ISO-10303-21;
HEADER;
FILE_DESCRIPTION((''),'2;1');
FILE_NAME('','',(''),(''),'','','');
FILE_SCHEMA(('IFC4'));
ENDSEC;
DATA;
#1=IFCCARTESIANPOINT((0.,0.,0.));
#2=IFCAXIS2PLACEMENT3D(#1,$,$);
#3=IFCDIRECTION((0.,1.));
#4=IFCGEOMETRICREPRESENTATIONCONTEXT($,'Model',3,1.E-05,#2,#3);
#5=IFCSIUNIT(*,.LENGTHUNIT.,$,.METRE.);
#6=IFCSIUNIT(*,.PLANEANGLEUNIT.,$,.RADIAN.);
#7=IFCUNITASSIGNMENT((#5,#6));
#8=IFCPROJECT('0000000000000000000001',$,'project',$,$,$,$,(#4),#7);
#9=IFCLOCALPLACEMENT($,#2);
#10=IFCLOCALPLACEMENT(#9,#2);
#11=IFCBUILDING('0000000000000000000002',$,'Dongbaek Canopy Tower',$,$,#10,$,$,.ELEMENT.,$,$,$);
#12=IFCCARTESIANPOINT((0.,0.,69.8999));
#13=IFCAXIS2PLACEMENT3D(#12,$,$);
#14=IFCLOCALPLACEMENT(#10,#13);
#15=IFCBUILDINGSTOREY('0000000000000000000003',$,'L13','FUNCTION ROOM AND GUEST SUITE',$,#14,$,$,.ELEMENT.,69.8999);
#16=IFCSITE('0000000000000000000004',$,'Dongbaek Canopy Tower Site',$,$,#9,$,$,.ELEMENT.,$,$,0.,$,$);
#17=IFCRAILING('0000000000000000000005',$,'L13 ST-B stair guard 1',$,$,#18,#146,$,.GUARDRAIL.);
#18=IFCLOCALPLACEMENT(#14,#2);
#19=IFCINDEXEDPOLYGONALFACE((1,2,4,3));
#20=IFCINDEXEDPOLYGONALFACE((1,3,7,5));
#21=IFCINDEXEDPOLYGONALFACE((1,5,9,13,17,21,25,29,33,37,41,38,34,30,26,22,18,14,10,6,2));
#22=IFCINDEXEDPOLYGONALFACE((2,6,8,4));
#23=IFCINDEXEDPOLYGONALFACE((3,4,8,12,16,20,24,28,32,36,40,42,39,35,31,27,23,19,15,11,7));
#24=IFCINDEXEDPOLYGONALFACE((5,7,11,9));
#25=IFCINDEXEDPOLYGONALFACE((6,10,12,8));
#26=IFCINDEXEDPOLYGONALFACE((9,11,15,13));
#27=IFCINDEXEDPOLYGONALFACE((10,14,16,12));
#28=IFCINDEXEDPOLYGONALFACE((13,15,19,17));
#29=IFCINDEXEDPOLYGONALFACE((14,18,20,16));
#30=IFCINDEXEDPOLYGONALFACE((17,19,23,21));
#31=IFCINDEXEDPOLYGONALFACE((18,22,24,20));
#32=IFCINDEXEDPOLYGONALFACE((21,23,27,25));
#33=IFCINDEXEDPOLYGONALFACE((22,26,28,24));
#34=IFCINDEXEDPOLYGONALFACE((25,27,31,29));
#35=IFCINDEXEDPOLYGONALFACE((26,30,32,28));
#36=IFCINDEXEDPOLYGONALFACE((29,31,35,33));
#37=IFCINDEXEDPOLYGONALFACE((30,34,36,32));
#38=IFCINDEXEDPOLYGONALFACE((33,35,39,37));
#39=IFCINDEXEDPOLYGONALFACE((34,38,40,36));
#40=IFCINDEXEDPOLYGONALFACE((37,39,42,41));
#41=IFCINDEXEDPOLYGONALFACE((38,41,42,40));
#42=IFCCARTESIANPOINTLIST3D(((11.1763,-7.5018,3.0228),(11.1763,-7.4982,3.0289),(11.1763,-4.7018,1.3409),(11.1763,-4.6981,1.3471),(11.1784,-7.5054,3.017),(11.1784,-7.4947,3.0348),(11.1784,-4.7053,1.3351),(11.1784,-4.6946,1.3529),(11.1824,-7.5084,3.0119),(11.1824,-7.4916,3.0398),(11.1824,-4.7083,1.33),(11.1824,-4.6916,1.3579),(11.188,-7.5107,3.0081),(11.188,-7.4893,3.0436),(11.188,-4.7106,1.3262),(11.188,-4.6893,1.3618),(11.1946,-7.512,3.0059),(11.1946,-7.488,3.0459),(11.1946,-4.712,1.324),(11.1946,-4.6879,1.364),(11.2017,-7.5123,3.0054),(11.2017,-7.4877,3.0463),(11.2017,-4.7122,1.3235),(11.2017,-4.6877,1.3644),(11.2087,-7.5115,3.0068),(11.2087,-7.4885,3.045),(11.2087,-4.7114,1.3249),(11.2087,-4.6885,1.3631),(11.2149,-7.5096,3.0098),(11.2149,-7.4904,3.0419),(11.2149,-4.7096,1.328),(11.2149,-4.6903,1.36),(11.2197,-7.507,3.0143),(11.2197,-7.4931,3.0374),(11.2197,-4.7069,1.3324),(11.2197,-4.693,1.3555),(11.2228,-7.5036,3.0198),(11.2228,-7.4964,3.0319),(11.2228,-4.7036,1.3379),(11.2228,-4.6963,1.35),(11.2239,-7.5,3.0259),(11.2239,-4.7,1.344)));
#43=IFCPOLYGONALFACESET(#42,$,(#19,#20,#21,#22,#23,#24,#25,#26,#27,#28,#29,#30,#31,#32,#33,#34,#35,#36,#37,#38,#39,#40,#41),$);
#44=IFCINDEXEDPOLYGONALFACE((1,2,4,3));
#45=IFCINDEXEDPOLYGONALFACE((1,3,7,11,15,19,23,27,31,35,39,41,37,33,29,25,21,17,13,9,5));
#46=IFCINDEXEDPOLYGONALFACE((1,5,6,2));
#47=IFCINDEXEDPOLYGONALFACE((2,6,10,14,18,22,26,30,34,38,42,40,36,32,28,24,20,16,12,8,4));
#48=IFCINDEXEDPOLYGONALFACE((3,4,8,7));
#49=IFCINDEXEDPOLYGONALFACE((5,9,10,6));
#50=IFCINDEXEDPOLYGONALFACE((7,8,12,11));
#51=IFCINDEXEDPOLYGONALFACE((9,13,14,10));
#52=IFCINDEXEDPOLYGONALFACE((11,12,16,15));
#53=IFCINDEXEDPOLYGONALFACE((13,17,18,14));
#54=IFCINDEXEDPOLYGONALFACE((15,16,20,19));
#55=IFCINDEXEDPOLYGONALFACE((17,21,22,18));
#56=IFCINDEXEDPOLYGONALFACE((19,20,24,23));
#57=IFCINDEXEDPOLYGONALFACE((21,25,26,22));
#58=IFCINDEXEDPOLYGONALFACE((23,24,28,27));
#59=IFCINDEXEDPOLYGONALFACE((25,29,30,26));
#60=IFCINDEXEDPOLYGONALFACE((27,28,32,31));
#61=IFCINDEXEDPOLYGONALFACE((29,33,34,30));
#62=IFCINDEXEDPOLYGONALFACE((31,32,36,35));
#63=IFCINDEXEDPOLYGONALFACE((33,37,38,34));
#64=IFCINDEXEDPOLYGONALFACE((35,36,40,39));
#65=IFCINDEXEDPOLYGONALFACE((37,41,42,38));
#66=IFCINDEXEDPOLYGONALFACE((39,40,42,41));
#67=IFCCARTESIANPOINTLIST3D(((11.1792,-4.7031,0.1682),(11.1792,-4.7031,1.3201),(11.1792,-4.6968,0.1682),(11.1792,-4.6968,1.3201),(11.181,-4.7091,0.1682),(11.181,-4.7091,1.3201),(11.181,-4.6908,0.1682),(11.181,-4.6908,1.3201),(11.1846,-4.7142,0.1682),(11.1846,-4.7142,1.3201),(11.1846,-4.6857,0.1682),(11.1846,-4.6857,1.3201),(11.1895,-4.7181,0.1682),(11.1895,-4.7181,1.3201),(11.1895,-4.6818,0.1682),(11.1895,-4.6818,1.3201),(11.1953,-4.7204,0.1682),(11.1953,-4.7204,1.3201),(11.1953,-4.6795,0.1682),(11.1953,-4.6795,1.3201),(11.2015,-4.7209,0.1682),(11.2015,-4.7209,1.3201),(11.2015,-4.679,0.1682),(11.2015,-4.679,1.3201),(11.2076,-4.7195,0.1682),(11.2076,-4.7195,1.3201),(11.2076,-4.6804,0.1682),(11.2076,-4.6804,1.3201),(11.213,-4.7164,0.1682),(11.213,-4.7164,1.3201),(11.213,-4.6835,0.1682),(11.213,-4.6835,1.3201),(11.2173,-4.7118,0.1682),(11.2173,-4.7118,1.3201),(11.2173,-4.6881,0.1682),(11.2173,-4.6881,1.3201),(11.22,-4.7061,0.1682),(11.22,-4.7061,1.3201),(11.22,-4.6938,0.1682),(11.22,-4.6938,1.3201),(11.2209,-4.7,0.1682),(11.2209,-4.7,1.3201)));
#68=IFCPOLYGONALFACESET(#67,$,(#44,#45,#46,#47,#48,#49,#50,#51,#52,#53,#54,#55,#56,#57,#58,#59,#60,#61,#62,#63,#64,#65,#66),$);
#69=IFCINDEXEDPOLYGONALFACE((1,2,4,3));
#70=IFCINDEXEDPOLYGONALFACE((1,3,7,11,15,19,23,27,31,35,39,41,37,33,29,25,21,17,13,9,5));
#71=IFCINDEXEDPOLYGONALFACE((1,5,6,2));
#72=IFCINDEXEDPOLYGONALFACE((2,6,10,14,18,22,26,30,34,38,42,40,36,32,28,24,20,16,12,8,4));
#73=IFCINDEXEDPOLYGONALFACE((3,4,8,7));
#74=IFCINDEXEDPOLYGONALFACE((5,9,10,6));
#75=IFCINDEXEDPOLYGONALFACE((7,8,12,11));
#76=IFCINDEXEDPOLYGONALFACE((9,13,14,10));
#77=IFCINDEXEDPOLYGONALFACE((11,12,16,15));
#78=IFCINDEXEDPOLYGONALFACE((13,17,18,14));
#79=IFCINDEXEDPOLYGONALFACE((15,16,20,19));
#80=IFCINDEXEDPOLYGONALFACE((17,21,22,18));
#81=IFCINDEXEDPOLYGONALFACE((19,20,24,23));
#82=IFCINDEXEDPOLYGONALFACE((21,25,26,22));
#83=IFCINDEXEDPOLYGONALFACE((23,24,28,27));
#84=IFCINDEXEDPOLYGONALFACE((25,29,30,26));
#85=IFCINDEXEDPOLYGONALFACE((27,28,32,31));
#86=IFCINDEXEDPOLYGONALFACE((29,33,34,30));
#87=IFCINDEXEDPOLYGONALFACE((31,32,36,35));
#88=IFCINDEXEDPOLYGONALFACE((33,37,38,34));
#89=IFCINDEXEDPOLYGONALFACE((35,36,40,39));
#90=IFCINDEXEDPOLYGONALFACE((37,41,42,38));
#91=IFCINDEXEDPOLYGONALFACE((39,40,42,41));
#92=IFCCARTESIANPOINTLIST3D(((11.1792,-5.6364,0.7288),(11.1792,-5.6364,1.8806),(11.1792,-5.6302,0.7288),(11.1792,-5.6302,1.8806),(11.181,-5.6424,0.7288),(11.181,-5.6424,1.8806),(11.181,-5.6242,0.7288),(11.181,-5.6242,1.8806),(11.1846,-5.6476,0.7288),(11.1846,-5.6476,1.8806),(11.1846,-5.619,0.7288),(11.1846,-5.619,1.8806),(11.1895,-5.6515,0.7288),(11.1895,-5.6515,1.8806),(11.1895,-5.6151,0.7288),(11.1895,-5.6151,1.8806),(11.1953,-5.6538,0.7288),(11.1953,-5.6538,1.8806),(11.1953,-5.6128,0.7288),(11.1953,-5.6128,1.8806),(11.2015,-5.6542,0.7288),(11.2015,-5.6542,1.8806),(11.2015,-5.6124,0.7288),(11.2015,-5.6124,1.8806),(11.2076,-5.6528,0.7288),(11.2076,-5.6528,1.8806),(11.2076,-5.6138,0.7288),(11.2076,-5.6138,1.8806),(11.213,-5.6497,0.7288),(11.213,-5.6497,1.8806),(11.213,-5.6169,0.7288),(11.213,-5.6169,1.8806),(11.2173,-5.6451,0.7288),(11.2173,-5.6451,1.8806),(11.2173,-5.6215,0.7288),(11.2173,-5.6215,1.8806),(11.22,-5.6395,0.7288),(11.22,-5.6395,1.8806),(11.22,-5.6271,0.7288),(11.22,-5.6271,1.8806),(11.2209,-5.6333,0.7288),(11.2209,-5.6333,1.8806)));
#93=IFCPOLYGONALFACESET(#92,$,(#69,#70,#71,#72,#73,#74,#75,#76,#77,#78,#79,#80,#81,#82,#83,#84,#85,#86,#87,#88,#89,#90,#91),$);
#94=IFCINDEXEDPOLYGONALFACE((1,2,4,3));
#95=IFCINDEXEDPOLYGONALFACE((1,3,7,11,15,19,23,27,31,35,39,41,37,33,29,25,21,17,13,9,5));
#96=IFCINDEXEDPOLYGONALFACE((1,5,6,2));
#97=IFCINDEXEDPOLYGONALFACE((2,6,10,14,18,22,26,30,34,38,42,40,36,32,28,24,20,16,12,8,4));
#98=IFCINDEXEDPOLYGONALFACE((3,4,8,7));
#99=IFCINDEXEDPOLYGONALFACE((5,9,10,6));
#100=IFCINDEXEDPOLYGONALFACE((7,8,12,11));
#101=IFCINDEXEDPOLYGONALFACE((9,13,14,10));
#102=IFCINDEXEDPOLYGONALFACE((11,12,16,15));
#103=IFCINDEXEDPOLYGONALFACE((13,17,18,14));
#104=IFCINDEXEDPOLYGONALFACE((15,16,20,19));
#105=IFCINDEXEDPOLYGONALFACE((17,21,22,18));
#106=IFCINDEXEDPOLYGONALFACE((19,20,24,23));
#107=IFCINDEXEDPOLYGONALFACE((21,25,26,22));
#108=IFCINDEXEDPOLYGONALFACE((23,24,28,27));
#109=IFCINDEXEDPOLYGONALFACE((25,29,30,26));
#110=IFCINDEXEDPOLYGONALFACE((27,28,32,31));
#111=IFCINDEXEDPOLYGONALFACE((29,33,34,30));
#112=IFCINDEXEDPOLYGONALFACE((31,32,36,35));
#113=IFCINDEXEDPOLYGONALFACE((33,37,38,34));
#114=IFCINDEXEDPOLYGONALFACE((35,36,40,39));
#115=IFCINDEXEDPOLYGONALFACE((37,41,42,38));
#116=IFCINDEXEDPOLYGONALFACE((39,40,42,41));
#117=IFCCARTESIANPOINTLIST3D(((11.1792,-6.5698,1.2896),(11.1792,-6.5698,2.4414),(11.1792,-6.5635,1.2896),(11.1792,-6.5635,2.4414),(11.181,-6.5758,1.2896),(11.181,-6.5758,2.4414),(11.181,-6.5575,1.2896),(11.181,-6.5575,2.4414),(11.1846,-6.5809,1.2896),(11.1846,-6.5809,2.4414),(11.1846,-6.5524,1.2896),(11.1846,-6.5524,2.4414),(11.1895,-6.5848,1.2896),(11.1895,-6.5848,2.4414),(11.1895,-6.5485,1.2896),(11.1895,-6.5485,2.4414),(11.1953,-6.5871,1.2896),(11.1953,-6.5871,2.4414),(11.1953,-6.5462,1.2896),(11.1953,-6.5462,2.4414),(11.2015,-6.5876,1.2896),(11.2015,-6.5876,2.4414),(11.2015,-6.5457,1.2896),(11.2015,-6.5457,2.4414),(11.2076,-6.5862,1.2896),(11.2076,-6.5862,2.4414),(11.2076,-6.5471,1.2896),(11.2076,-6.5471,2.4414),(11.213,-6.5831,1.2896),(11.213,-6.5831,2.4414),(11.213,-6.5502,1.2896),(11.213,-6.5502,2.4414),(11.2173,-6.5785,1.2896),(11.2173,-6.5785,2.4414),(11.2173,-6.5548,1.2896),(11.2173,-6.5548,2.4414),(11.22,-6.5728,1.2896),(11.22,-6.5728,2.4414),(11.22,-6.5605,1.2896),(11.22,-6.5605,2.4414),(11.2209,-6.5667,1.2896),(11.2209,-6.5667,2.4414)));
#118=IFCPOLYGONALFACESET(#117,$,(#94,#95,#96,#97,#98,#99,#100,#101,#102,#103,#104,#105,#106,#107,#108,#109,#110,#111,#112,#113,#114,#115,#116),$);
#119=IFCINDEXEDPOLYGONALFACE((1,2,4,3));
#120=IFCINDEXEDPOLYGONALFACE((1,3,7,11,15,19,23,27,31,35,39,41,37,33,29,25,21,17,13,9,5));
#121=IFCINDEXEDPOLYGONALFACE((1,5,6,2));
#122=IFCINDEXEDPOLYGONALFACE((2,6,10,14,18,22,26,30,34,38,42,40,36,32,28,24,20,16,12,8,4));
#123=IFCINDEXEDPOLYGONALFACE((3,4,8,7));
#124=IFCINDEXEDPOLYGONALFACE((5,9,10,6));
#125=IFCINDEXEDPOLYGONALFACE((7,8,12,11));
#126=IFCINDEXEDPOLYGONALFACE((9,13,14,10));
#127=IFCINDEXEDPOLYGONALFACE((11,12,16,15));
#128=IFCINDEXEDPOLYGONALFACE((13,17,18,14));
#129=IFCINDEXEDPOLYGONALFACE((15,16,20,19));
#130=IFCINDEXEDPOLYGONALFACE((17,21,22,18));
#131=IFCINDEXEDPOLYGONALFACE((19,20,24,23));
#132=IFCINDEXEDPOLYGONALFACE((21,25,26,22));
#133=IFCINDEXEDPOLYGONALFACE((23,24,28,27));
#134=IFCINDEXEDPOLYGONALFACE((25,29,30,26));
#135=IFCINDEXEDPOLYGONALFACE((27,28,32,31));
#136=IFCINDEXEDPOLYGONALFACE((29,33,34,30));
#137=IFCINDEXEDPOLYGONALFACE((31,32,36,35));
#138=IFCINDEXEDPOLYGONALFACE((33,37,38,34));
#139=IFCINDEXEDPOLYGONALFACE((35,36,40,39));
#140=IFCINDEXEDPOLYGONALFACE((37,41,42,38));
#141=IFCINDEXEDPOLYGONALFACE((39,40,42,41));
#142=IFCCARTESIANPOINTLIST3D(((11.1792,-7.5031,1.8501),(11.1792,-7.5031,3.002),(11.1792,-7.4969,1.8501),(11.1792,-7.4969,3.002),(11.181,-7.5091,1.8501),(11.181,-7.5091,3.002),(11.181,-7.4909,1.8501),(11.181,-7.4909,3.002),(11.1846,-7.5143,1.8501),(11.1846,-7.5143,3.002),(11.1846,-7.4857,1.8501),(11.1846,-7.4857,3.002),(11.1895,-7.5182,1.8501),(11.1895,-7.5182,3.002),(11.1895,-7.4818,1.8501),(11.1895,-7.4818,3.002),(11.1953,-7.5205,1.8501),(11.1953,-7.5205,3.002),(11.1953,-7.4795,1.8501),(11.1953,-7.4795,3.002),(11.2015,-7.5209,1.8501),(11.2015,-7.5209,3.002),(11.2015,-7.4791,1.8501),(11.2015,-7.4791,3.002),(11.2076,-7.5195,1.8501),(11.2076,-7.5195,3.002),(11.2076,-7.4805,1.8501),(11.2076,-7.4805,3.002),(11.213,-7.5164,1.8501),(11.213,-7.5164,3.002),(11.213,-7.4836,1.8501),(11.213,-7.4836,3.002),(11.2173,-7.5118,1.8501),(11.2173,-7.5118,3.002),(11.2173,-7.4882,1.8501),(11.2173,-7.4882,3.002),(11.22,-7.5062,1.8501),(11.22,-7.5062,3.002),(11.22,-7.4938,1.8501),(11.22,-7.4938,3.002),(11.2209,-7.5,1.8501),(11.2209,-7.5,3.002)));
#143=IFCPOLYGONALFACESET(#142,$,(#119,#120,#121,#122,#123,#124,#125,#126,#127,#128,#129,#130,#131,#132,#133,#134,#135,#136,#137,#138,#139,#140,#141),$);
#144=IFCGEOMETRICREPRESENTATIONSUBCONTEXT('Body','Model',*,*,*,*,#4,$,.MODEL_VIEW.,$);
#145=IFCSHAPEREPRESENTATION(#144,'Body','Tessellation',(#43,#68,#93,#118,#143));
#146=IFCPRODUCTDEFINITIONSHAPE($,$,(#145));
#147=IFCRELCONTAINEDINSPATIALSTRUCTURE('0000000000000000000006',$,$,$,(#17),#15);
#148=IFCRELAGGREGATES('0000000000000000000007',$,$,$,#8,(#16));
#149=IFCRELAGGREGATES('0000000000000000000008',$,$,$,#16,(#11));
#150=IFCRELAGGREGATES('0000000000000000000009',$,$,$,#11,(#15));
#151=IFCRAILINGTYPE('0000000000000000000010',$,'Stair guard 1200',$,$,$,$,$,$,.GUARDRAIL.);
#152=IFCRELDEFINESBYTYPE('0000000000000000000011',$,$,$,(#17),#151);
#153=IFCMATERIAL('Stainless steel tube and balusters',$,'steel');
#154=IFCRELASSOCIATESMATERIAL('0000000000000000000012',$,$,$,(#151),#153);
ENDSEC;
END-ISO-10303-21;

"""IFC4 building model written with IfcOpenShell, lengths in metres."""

from ifc_helpers import new_model, si_unit, direction, frame, origin, origin_2d, place, context, subcontext, project, spatial, circle, extrude, material, type_object, element, save


model = new_model("IFC4")

# Units and contexts
model_context = context("Model", 3, precision=1e-05, world=origin(), true_north=direction((0.0, 1.0)))
body_context = subcontext(model_context, "Body", "Model", "MODEL_VIEW")
ifc_project = project(units=[si_unit("LENGTHUNIT", "METRE"), si_unit("PLANEANGLEUNIT", "RADIAN")], contexts=[model_context])

# Site, building, storey
site_placement = place(None, origin())
site = spatial("IfcSite", under=ifc_project, at=site_placement, Name="Dongbaek Canopy Tower Site", CompositionType="ELEMENT", RefElevation=0.0)
building_placement = place(site_placement, origin())
building = spatial("IfcBuilding", under=site, at=building_placement, Name="Dongbaek Canopy Tower", CompositionType="ELEMENT")
storey_placement = place(building_placement, frame((0.0, 0.0, 69.8999)))
storey = spatial("IfcBuildingStorey", under=building, at=storey_placement, Name="L13", Description="FUNCTION ROOM AND GUEST SUITE", CompositionType="ELEMENT", Elevation=69.8999)

# Railing
ifc_material_1 = material(Name="Stainless steel tube and balusters", Category="steel")
railing_type_1 = type_object("IfcRailingType", Name="Stair guard 1200", PredefinedType="GUARDRAIL", material=ifc_material_1)
railing_1_placement = place(storey_placement, frame((11.2, -4.7, 0.1682)))
element("IfcRailing", 1, at=railing_1_placement, inside=storey, type_object=railing_type_1, Name="L13 ST-B stair guard 1", PredefinedType="GUARDRAIL", context=body_context, shape_type="SweptSolid", body=[
    extrude(circle(Radius=0.0239, at=origin_2d()), frame((0.0, 0.0, 1.1758), z_axis=(0.0, -0.857242, 0.514913), x_axis=(1.0, 0.0, 0.0)), (0.0, 0.0, 1.0), 3.2664),
    extrude(circle(Radius=0.021, at=origin_2d()), origin(), (0.0, 0.0, 1.0), 1.1519),
    extrude(circle(Radius=0.021, at=origin_2d()), frame((0.0, -0.9333, 0.5605)), (0.0, 0.0, 1.0), 1.1519),
    extrude(circle(Radius=0.021, at=origin_2d()), frame((0.0, -1.8667, 1.1213)), (0.0, 0.0, 1.0), 1.1519),
    extrude(circle(Radius=0.021, at=origin_2d()), frame((0.0, -2.8, 1.6819)), (0.0, 0.0, 1.0), 1.1519),
])

save(model, "model.ifc")
